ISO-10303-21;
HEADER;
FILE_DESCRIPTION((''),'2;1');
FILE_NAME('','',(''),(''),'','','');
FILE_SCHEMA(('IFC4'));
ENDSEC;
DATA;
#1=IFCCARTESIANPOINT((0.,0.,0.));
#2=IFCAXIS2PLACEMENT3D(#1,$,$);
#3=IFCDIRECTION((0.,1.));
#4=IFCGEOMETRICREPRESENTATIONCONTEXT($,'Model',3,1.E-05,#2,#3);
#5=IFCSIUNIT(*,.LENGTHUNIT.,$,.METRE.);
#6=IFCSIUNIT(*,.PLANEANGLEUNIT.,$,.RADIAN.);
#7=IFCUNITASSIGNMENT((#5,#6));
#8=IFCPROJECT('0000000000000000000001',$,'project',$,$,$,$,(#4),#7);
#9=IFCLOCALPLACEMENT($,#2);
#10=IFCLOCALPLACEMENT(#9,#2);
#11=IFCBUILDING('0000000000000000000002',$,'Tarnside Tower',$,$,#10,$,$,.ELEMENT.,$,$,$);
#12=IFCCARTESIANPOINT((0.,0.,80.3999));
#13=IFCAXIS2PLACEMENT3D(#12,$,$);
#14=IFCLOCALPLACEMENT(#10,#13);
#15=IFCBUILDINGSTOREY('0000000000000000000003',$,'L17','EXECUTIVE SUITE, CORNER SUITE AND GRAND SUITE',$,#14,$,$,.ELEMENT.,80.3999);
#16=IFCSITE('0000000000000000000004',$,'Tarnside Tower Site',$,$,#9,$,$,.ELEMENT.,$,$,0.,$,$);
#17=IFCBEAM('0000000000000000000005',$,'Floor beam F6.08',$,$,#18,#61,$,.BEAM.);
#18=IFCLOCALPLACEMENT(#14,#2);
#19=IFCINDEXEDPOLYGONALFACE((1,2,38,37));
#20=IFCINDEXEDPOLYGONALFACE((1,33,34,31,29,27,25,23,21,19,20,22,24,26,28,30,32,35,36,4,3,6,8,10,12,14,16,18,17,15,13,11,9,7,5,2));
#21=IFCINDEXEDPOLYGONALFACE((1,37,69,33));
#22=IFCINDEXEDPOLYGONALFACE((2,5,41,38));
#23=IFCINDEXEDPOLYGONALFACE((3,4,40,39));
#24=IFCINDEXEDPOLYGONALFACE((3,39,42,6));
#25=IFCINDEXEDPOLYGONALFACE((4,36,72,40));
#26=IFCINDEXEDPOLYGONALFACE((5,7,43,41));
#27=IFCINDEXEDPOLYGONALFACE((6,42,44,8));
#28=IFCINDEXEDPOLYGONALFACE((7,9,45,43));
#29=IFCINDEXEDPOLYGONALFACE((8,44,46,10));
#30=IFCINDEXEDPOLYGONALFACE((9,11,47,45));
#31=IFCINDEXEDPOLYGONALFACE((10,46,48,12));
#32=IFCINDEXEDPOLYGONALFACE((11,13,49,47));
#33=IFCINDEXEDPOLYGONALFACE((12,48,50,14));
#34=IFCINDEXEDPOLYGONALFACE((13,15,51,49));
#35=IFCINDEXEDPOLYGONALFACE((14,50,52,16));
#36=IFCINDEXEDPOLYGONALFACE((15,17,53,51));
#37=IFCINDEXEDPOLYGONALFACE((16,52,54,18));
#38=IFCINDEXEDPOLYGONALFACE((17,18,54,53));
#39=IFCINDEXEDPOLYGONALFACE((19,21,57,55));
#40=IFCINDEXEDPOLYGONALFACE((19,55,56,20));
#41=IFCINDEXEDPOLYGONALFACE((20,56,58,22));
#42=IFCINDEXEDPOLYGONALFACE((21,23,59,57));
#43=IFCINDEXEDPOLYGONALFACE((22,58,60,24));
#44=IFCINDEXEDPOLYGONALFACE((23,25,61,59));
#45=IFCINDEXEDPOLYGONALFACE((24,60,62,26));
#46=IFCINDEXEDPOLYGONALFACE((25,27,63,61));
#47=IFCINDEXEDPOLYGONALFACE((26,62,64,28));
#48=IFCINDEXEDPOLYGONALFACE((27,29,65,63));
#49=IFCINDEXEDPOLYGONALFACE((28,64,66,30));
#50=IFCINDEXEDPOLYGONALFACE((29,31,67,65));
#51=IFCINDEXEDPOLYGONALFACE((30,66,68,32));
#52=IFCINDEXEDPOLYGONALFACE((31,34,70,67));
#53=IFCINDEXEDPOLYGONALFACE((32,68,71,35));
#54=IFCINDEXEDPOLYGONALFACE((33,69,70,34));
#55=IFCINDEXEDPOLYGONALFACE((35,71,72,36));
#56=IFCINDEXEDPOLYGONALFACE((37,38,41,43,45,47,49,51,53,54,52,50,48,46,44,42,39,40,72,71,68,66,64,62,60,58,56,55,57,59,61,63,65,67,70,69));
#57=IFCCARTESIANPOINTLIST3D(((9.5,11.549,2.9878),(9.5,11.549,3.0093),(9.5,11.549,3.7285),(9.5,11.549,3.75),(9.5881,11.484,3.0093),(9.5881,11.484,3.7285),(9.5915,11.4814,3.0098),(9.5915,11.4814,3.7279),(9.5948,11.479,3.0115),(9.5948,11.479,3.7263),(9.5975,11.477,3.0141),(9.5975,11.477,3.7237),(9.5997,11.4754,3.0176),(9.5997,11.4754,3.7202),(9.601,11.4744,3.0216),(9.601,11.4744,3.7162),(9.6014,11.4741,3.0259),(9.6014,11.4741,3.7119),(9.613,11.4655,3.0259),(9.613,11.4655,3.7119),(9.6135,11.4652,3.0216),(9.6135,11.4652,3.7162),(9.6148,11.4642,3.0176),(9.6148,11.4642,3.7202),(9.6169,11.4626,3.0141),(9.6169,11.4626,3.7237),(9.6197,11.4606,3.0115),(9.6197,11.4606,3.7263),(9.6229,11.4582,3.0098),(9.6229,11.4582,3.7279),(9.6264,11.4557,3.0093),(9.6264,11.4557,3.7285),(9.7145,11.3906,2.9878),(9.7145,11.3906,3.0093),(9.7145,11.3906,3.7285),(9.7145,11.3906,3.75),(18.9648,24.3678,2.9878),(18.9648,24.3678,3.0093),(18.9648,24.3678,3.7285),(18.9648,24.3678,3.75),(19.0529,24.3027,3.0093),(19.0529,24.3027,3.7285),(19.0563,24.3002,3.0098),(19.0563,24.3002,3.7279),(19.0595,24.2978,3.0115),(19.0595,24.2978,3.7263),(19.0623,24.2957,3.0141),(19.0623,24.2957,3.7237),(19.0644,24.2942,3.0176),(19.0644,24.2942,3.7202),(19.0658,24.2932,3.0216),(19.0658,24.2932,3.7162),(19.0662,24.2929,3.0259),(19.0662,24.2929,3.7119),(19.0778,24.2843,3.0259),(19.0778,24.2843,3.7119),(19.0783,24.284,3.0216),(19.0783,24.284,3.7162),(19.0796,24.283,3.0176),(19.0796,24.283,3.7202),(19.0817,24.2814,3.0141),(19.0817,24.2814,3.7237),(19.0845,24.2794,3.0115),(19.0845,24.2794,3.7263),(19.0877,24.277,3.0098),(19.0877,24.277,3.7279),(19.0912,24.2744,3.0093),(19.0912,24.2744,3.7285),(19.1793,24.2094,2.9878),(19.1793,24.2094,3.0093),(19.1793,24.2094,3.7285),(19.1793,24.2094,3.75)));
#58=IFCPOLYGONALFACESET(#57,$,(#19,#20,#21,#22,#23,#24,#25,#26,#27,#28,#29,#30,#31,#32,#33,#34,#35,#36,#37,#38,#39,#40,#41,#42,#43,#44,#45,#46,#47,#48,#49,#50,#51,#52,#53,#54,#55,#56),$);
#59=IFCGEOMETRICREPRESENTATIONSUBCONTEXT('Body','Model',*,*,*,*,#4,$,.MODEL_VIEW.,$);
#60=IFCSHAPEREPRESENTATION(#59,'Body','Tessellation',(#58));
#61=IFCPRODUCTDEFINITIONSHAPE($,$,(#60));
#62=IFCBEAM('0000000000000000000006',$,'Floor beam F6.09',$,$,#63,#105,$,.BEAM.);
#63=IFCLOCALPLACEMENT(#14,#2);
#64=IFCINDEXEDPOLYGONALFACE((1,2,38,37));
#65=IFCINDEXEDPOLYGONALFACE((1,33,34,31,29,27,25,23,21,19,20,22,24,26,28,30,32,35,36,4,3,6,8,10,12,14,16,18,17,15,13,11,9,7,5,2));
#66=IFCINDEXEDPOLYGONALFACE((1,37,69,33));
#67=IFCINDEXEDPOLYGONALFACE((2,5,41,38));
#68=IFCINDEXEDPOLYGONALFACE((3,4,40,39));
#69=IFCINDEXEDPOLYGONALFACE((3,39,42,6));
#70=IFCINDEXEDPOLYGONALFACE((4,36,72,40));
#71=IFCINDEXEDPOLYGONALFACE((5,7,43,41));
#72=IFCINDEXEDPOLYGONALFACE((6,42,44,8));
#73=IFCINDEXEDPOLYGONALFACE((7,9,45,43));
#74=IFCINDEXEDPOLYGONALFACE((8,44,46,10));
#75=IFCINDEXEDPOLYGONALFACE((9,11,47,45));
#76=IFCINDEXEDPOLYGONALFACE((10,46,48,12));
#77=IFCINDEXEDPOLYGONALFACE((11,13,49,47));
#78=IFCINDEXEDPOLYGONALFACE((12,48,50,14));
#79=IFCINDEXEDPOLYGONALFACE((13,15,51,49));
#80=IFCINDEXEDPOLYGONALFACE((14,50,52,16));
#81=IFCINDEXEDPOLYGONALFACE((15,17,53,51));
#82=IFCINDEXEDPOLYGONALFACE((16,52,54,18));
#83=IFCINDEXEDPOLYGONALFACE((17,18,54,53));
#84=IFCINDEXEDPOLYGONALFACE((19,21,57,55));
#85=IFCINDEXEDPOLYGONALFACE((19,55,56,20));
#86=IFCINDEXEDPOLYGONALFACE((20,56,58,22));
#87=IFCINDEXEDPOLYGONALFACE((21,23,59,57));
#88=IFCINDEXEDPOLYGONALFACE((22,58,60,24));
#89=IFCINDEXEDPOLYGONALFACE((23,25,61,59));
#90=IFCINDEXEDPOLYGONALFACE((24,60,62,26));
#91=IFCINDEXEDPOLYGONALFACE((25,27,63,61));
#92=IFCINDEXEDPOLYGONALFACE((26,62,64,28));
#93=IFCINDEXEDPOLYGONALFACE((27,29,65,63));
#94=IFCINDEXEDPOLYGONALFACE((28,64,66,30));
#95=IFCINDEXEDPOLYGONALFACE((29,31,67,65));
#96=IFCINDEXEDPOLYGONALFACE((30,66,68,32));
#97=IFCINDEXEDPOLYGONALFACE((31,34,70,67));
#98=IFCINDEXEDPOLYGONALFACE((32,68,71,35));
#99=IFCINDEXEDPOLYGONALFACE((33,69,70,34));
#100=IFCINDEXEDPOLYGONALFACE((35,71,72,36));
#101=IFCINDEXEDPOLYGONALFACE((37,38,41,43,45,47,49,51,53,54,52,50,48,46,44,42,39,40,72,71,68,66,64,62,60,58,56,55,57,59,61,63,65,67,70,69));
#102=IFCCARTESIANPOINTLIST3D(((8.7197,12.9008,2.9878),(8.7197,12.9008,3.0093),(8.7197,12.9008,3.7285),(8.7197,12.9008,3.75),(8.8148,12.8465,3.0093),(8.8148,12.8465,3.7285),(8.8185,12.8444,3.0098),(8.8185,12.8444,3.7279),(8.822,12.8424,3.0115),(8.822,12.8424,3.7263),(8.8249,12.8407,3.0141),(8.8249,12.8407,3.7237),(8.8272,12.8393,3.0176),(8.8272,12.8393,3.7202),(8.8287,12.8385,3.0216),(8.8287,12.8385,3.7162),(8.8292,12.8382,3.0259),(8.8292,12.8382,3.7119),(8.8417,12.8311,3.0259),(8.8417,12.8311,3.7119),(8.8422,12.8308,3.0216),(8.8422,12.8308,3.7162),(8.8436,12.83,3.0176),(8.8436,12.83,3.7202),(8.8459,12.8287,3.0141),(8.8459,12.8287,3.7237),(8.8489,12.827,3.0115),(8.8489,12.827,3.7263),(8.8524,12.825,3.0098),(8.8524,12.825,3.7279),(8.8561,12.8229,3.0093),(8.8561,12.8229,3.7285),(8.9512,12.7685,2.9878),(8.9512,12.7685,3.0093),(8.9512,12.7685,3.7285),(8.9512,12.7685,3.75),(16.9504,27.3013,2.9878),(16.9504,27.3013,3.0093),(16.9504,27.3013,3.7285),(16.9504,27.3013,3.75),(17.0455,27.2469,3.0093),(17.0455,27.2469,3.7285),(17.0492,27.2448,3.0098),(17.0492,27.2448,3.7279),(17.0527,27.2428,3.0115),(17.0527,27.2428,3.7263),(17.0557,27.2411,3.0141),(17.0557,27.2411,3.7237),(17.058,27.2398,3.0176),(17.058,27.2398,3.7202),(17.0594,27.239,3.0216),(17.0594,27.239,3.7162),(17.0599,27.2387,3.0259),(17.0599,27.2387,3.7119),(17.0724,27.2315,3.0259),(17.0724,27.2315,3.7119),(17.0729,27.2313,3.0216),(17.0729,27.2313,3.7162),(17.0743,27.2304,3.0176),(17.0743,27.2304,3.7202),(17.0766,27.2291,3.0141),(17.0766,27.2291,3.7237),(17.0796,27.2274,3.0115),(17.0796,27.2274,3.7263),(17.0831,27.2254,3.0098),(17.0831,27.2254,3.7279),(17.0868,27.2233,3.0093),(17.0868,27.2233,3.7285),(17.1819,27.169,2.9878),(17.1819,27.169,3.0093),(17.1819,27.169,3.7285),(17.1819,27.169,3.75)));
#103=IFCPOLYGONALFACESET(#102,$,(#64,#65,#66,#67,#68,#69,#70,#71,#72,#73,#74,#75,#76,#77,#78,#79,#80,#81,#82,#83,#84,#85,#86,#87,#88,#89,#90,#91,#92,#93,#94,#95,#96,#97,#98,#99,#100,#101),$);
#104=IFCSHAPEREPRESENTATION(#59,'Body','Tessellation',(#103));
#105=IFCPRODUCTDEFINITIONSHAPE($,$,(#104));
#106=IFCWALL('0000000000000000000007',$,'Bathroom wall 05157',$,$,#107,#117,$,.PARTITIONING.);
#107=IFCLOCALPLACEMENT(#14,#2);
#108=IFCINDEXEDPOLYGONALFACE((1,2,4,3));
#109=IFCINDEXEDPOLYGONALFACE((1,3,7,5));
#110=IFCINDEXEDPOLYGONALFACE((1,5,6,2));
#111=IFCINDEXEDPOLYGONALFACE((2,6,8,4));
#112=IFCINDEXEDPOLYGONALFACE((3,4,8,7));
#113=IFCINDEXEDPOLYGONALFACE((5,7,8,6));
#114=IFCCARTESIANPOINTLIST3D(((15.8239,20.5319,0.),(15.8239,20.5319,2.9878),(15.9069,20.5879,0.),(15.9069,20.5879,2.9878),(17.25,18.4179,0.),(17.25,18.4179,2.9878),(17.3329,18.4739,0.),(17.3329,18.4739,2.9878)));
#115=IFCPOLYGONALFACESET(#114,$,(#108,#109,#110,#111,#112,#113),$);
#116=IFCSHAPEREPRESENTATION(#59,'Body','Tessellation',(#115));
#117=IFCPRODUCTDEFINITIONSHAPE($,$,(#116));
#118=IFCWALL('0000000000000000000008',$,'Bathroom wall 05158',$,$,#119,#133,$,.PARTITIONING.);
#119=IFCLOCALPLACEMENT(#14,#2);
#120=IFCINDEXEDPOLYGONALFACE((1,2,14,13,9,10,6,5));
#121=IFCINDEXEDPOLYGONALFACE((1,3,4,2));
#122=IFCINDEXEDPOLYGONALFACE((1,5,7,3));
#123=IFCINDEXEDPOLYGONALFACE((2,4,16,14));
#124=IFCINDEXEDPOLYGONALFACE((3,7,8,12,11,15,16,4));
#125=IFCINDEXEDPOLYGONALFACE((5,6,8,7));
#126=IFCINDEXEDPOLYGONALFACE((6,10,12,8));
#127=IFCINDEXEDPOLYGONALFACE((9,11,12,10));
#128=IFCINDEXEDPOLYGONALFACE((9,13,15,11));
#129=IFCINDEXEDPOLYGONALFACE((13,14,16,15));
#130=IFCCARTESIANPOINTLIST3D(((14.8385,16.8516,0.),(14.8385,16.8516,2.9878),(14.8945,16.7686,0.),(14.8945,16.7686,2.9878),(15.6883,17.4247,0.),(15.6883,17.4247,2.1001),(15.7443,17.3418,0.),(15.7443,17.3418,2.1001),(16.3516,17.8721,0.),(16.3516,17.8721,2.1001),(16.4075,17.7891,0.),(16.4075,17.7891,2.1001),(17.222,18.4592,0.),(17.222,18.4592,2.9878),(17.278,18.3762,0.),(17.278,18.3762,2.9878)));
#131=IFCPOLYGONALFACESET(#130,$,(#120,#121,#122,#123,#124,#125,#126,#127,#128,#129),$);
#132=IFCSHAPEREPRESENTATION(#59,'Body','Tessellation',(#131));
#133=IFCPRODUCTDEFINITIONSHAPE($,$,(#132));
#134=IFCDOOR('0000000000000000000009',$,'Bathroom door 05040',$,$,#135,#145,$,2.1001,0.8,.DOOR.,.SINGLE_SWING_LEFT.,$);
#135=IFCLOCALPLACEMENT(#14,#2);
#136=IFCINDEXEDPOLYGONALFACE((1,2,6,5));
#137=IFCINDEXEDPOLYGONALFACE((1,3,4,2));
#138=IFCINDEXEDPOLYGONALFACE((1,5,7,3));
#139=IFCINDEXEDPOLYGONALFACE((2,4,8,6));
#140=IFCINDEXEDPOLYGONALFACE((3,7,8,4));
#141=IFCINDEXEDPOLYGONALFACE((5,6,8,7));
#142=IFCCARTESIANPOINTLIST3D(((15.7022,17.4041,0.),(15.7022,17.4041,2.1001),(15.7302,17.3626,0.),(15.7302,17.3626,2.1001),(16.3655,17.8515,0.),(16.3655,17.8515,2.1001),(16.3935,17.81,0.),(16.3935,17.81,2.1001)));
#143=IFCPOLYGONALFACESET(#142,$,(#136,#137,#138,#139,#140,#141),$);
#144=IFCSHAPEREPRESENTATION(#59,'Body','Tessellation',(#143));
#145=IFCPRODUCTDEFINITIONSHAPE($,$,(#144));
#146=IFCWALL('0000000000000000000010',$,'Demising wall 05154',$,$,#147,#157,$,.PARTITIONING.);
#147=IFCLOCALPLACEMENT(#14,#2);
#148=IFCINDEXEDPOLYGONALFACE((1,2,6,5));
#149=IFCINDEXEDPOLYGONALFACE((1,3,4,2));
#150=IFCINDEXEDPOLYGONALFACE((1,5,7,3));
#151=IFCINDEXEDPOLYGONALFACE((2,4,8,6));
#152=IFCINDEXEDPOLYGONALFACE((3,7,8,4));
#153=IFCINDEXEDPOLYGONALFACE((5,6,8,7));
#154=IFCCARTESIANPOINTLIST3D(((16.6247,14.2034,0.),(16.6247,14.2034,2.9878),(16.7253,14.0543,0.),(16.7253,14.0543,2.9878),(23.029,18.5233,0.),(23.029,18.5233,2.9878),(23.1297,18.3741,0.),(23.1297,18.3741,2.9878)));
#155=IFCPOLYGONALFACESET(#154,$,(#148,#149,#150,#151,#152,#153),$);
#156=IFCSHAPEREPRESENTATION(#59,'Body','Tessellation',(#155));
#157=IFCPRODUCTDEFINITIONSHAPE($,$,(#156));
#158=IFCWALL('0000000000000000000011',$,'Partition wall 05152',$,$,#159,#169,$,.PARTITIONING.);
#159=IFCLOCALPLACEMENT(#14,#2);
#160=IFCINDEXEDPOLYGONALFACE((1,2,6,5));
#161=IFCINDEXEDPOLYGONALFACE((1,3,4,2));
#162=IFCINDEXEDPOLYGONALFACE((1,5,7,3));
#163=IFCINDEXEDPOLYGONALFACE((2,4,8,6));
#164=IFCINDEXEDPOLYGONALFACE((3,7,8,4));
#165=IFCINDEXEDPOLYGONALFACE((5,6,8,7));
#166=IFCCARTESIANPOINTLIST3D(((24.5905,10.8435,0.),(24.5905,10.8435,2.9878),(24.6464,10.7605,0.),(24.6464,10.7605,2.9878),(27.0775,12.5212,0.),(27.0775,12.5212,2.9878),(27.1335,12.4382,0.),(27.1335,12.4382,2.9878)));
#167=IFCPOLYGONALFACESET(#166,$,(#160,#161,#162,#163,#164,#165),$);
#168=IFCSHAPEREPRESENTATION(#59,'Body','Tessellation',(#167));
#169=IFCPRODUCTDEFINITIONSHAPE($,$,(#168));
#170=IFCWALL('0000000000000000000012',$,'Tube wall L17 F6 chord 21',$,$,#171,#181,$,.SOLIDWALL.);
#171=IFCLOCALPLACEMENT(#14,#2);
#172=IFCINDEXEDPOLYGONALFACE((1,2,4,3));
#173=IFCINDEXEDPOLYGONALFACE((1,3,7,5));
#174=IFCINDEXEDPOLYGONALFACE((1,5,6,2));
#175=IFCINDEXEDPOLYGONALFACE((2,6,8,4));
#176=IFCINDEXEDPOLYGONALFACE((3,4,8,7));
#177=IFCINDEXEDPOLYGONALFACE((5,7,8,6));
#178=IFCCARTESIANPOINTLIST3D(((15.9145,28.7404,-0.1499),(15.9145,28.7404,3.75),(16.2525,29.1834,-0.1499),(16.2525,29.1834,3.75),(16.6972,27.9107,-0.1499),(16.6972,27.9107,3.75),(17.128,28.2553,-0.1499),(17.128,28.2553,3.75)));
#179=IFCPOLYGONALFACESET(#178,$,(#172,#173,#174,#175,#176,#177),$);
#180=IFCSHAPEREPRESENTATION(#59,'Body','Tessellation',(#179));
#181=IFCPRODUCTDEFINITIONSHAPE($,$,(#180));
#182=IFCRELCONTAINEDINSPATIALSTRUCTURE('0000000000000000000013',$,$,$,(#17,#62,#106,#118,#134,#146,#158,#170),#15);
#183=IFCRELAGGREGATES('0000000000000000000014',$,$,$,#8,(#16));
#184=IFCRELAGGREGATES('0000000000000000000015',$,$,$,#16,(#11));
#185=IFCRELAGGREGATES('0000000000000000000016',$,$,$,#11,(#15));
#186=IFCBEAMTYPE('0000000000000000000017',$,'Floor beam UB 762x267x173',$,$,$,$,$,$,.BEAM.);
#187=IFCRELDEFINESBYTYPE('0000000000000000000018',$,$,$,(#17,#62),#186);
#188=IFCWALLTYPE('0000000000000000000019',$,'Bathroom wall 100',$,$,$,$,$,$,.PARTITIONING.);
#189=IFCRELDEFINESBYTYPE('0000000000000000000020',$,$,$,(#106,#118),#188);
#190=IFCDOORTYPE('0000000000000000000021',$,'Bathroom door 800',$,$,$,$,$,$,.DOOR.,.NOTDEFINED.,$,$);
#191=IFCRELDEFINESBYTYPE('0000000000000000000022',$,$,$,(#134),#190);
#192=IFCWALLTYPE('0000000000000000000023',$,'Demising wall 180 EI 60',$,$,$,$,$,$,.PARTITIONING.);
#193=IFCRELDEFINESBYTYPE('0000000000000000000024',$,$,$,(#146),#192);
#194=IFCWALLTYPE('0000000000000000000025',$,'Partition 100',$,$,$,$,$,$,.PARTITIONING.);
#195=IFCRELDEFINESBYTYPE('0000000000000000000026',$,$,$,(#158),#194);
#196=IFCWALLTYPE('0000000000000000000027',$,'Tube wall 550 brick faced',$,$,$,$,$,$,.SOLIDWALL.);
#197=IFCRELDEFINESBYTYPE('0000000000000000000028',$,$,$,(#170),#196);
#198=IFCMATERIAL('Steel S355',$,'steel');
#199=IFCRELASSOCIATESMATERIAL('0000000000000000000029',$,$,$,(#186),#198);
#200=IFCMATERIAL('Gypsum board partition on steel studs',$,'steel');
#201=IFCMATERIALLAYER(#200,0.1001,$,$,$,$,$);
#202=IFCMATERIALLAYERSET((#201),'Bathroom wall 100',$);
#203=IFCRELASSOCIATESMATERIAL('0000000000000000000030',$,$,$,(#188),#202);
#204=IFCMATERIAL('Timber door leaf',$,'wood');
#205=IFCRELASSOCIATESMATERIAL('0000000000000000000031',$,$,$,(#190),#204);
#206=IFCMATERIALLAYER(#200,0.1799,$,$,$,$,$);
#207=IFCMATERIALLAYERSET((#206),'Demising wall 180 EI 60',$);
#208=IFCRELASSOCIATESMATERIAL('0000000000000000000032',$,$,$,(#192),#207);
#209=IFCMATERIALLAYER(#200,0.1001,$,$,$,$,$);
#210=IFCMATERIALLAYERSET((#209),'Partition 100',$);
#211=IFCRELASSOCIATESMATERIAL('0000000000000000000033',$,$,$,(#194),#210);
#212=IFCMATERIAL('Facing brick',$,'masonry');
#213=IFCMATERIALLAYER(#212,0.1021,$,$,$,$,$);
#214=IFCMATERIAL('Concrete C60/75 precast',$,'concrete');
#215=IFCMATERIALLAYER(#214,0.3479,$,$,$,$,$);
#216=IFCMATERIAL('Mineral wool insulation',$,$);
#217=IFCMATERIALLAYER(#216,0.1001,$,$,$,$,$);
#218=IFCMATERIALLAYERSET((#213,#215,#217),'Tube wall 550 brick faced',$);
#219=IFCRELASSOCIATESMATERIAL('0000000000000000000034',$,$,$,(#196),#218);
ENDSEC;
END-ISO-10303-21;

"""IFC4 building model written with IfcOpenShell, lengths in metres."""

from ifc_helpers import new_model, si_unit, direction, frame, frame_2d, origin, origin_2d, place, context, subcontext, project, spatial, polyline, rectangle, i_section, outline, extrude, material, layer, layer_set, material_profile, profile_set, type_object, element, fill, save


model = new_model("IFC4")

# Units and contexts
model_context = context("Model", 3, precision=1e-05, world=origin(), true_north=direction((0.0, 1.0)))
body_context = subcontext(model_context, "Body", "Model", "MODEL_VIEW")
ifc_project = project(units=[si_unit("LENGTHUNIT", "METRE"), si_unit("PLANEANGLEUNIT", "RADIAN")], contexts=[model_context])

# Site, building, storey
site_placement = place(None, origin())
site = spatial("IfcSite", under=ifc_project, at=site_placement, Name="Tarnside Tower Site", CompositionType="ELEMENT", RefElevation=0.0)
building_placement = place(site_placement, origin())
building = spatial("IfcBuilding", under=site, at=building_placement, Name="Tarnside Tower", CompositionType="ELEMENT")
storey_placement = place(building_placement, frame((0.0, 0.0, 80.3999)))
storey = spatial("IfcBuildingStorey", under=building, at=storey_placement, Name="L17", Description="EXECUTIVE SUITE, CORNER SUITE AND GRAND SUITE", CompositionType="ELEMENT", Elevation=80.3999)

# Beams
ifc_material_1 = material(Name="Steel S355", Category="steel")
ifc_material_profile_1 = material_profile(ifc_material_1, i_section(OverallWidth=0.2666, OverallDepth=0.7622, WebThickness=0.0144, FlangeThickness=0.0215, FilletRadius=0.0166, at=origin_2d()), Name="UB 762x267x173")
ifc_profile_set_1 = profile_set([ifc_material_profile_1], Name="Steel S355")
beam_type_1 = type_object("IfcBeamType", Name="Floor beam UB 762x267x173", PredefinedType="BEAM", material=ifc_profile_set_1)
beam_1_placement = place(storey_placement, frame((19.072, 24.2886, 3.3689), z_axis=(-0.593987, -0.804475, 0.0), x_axis=(0.804475, -0.593987, 0.0)))
element("IfcBeam", 1, at=beam_1_placement, inside=storey, type_object=beam_type_1, Name="Floor beam F6.08", PredefinedType="BEAM", context=body_context, shape_type="SweptSolid", body=[
    extrude(i_section(OverallWidth=0.2666, OverallDepth=0.7622, WebThickness=0.0144, FlangeThickness=0.0215, FilletRadius=0.0166, at=origin_2d()), origin(), (0.0, 0.0, 1.0), 15.9343),
])
beam_2_placement = place(storey_placement, frame((17.0662, 27.2351, 3.3689), z_axis=(-0.496226, -0.868193, 0.0), x_axis=(0.868193, -0.496226, 0.0)))
element("IfcBeam", 2, at=beam_2_placement, inside=storey, type_object=beam_type_1, Name="Floor beam F6.09", PredefinedType="BEAM", context=body_context, shape_type="SweptSolid", body=[
    extrude(i_section(OverallWidth=0.2666, OverallDepth=0.7622, WebThickness=0.0144, FlangeThickness=0.0215, FilletRadius=0.0166, at=origin_2d()), origin(), (0.0, 0.0, 1.0), 16.5867),
])

# Wall
ifc_material_2 = material(Name="Gypsum board partition on steel studs", Category="steel")
ifc_layer_1 = layer(ifc_material_2, 0.1001)
ifc_layer_set_1 = layer_set([ifc_layer_1], Name="Bathroom wall 100")
wall_type_1 = type_object("IfcWallType", Name="Bathroom wall 100", PredefinedType="PARTITIONING", material=ifc_layer_set_1)
wall_1_placement = place(storey_placement, frame((15.8655, 20.5598, 0.0), z_axis=(0.0, 0.0, 1.0), x_axis=(0.559221, -0.829018, 0.0)))
element("IfcWall", 3, at=wall_1_placement, inside=storey, type_object=wall_type_1, Name="Bathroom wall 05157", PredefinedType="PARTITIONING", context=body_context, shape_type="SweptSolid", body=[
    extrude(rectangle(XDim=2.55, YDim=0.1001, at=frame_2d((1.2749, 0.0))), origin(), (0.0, 0.0, 1.0), 2.9878),
])

# Wall, opening, door
wall_2_placement = place(storey_placement, frame((17.25, 18.4177, 0.0), z_axis=(0.0, 0.0, 1.0), x_axis=(-0.829046, -0.55918, 0.0)))
wall_2 = element("IfcWall", 4, at=wall_2_placement, inside=storey, type_object=wall_type_1, Name="Bathroom wall 05158", PredefinedType="PARTITIONING", context=body_context, shape_type="SweptSolid", body=[
    extrude(rectangle(XDim=2.875, YDim=0.1001, at=frame_2d((1.4375, 0.0))), origin(), (0.0, 0.0, 1.0), 2.9878),
])
opening_placement = place(wall_2_placement, frame((1.05, 0.0, 0.0)))
opening = element("IfcOpeningElement", 5, at=opening_placement, cuts=wall_2, PredefinedType="OPENING", context=body_context, shape_type="SweptSolid", body=[
    extrude(rectangle(XDim=0.8, YDim=2.1001, at=frame_2d((0.3999, 1.05))), frame((0.0, 0.0601, 0.0), z_axis=(0.0, -1.0, 0.0), x_axis=(1.0, 0.0, 0.0)), (0.0, 0.0, 1.0), 0.1201),
])
ifc_material_3 = material(Name="Timber door leaf", Category="wood")
door_type = type_object("IfcDoorType", Name="Bathroom door 800", OperationType="NOTDEFINED", PredefinedType="DOOR", material=ifc_material_3)
door_placement = place(opening_placement, origin())
door = element("IfcDoor", 6, at=door_placement, inside=storey, type_object=door_type, Name="Bathroom door 05040", OperationType="SINGLE_SWING_LEFT", OverallHeight=2.1001, OverallWidth=0.8, PredefinedType="DOOR", context=body_context, shape_type="SweptSolid", body=[
    extrude(rectangle(XDim=0.8, YDim=2.1001, at=frame_2d((0.3999, 1.05))), frame((0.0, 0.0249, 0.0), z_axis=(0.0, -1.0, 0.0), x_axis=(1.0, 0.0, 0.0)), (0.0, 0.0, 1.0), 0.05),
])
fill(opening, door)

# Walls
ifc_layer_2 = layer(ifc_material_2, 0.1799)
ifc_layer_set_2 = layer_set([ifc_layer_2], Name="Demising wall 180 EI 60")
wall_type_2 = type_object("IfcWallType", Name="Demising wall 180 EI 60", PredefinedType="PARTITIONING", material=ifc_layer_set_2)
wall_3_placement = place(storey_placement, frame((23.0793, 18.4487, 0.0), z_axis=(0.0, 0.0, 1.0), x_axis=(-0.829033, -0.559199, 0.0)))
element("IfcWall", 7, at=wall_3_placement, inside=storey, type_object=wall_type_2, Name="Demising wall 05154", PredefinedType="PARTITIONING", context=body_context, shape_type="SweptSolid", body=[
    extrude(rectangle(XDim=7.7251, YDim=0.1799, at=frame_2d((3.8625, 0.0))), origin(), (0.0, 0.0, 1.0), 2.9878),
])
ifc_layer_3 = layer(ifc_material_2, 0.1001)
ifc_layer_set_3 = layer_set([ifc_layer_3], Name="Partition 100")
wall_type_3 = type_object("IfcWallType", Name="Partition 100", PredefinedType="PARTITIONING", material=ifc_layer_set_3)
wall_4_placement = place(storey_placement, frame((27.1055, 12.4797, 0.0), z_axis=(0.0, 0.0, 1.0), x_axis=(-0.829008, -0.559237, 0.0)))
element("IfcWall", 8, at=wall_4_placement, inside=storey, type_object=wall_type_3, Name="Partition wall 05152", PredefinedType="PARTITIONING", context=body_context, shape_type="SweptSolid", body=[
    extrude(rectangle(XDim=3.0, YDim=0.1001, at=frame_2d((1.5, 0.0))), origin(), (0.0, 0.0, 1.0), 2.9878),
])
ifc_material_4 = material(Name="Facing brick", Category="masonry")
ifc_layer_4 = layer(ifc_material_4, 0.1021)
ifc_material_5 = material(Name="Concrete C60/75 precast", Category="concrete")
ifc_layer_5 = layer(ifc_material_5, 0.3479)
ifc_material_6 = material(Name="Mineral wool insulation")
ifc_layer_6 = layer(ifc_material_6, 0.1001)
ifc_layer_set_4 = layer_set([ifc_layer_4, ifc_layer_5, ifc_layer_6], Name="Tube wall 550 brick faced")
wall_type_4 = type_object("IfcWallType", Name="Tube wall 550 brick faced", PredefinedType="SOLIDWALL", material=ifc_layer_set_4)
wall_5_placement = place(storey_placement, frame((16.9126, 28.083, -0.1499), z_axis=(0.0, 0.0, 1.0), x_axis=(-0.686196, 0.727416, 0.0)))
element("IfcWall", 9, at=wall_5_placement, inside=storey, type_object=wall_type_4, Name="Tube wall L17 F6 chord 21", PredefinedType="SOLIDWALL", context=body_context, shape_type="SweptSolid", body=[
    extrude(outline(polyline([(-0.0225, -0.2749), (1.2534, -0.2749), (1.1631, 0.2749), (0.0225, 0.2749), (-0.0225, -0.2749)])), origin(), (0.0, 0.0, 1.0), 3.8999),
])

save(model, "model.ifc")
